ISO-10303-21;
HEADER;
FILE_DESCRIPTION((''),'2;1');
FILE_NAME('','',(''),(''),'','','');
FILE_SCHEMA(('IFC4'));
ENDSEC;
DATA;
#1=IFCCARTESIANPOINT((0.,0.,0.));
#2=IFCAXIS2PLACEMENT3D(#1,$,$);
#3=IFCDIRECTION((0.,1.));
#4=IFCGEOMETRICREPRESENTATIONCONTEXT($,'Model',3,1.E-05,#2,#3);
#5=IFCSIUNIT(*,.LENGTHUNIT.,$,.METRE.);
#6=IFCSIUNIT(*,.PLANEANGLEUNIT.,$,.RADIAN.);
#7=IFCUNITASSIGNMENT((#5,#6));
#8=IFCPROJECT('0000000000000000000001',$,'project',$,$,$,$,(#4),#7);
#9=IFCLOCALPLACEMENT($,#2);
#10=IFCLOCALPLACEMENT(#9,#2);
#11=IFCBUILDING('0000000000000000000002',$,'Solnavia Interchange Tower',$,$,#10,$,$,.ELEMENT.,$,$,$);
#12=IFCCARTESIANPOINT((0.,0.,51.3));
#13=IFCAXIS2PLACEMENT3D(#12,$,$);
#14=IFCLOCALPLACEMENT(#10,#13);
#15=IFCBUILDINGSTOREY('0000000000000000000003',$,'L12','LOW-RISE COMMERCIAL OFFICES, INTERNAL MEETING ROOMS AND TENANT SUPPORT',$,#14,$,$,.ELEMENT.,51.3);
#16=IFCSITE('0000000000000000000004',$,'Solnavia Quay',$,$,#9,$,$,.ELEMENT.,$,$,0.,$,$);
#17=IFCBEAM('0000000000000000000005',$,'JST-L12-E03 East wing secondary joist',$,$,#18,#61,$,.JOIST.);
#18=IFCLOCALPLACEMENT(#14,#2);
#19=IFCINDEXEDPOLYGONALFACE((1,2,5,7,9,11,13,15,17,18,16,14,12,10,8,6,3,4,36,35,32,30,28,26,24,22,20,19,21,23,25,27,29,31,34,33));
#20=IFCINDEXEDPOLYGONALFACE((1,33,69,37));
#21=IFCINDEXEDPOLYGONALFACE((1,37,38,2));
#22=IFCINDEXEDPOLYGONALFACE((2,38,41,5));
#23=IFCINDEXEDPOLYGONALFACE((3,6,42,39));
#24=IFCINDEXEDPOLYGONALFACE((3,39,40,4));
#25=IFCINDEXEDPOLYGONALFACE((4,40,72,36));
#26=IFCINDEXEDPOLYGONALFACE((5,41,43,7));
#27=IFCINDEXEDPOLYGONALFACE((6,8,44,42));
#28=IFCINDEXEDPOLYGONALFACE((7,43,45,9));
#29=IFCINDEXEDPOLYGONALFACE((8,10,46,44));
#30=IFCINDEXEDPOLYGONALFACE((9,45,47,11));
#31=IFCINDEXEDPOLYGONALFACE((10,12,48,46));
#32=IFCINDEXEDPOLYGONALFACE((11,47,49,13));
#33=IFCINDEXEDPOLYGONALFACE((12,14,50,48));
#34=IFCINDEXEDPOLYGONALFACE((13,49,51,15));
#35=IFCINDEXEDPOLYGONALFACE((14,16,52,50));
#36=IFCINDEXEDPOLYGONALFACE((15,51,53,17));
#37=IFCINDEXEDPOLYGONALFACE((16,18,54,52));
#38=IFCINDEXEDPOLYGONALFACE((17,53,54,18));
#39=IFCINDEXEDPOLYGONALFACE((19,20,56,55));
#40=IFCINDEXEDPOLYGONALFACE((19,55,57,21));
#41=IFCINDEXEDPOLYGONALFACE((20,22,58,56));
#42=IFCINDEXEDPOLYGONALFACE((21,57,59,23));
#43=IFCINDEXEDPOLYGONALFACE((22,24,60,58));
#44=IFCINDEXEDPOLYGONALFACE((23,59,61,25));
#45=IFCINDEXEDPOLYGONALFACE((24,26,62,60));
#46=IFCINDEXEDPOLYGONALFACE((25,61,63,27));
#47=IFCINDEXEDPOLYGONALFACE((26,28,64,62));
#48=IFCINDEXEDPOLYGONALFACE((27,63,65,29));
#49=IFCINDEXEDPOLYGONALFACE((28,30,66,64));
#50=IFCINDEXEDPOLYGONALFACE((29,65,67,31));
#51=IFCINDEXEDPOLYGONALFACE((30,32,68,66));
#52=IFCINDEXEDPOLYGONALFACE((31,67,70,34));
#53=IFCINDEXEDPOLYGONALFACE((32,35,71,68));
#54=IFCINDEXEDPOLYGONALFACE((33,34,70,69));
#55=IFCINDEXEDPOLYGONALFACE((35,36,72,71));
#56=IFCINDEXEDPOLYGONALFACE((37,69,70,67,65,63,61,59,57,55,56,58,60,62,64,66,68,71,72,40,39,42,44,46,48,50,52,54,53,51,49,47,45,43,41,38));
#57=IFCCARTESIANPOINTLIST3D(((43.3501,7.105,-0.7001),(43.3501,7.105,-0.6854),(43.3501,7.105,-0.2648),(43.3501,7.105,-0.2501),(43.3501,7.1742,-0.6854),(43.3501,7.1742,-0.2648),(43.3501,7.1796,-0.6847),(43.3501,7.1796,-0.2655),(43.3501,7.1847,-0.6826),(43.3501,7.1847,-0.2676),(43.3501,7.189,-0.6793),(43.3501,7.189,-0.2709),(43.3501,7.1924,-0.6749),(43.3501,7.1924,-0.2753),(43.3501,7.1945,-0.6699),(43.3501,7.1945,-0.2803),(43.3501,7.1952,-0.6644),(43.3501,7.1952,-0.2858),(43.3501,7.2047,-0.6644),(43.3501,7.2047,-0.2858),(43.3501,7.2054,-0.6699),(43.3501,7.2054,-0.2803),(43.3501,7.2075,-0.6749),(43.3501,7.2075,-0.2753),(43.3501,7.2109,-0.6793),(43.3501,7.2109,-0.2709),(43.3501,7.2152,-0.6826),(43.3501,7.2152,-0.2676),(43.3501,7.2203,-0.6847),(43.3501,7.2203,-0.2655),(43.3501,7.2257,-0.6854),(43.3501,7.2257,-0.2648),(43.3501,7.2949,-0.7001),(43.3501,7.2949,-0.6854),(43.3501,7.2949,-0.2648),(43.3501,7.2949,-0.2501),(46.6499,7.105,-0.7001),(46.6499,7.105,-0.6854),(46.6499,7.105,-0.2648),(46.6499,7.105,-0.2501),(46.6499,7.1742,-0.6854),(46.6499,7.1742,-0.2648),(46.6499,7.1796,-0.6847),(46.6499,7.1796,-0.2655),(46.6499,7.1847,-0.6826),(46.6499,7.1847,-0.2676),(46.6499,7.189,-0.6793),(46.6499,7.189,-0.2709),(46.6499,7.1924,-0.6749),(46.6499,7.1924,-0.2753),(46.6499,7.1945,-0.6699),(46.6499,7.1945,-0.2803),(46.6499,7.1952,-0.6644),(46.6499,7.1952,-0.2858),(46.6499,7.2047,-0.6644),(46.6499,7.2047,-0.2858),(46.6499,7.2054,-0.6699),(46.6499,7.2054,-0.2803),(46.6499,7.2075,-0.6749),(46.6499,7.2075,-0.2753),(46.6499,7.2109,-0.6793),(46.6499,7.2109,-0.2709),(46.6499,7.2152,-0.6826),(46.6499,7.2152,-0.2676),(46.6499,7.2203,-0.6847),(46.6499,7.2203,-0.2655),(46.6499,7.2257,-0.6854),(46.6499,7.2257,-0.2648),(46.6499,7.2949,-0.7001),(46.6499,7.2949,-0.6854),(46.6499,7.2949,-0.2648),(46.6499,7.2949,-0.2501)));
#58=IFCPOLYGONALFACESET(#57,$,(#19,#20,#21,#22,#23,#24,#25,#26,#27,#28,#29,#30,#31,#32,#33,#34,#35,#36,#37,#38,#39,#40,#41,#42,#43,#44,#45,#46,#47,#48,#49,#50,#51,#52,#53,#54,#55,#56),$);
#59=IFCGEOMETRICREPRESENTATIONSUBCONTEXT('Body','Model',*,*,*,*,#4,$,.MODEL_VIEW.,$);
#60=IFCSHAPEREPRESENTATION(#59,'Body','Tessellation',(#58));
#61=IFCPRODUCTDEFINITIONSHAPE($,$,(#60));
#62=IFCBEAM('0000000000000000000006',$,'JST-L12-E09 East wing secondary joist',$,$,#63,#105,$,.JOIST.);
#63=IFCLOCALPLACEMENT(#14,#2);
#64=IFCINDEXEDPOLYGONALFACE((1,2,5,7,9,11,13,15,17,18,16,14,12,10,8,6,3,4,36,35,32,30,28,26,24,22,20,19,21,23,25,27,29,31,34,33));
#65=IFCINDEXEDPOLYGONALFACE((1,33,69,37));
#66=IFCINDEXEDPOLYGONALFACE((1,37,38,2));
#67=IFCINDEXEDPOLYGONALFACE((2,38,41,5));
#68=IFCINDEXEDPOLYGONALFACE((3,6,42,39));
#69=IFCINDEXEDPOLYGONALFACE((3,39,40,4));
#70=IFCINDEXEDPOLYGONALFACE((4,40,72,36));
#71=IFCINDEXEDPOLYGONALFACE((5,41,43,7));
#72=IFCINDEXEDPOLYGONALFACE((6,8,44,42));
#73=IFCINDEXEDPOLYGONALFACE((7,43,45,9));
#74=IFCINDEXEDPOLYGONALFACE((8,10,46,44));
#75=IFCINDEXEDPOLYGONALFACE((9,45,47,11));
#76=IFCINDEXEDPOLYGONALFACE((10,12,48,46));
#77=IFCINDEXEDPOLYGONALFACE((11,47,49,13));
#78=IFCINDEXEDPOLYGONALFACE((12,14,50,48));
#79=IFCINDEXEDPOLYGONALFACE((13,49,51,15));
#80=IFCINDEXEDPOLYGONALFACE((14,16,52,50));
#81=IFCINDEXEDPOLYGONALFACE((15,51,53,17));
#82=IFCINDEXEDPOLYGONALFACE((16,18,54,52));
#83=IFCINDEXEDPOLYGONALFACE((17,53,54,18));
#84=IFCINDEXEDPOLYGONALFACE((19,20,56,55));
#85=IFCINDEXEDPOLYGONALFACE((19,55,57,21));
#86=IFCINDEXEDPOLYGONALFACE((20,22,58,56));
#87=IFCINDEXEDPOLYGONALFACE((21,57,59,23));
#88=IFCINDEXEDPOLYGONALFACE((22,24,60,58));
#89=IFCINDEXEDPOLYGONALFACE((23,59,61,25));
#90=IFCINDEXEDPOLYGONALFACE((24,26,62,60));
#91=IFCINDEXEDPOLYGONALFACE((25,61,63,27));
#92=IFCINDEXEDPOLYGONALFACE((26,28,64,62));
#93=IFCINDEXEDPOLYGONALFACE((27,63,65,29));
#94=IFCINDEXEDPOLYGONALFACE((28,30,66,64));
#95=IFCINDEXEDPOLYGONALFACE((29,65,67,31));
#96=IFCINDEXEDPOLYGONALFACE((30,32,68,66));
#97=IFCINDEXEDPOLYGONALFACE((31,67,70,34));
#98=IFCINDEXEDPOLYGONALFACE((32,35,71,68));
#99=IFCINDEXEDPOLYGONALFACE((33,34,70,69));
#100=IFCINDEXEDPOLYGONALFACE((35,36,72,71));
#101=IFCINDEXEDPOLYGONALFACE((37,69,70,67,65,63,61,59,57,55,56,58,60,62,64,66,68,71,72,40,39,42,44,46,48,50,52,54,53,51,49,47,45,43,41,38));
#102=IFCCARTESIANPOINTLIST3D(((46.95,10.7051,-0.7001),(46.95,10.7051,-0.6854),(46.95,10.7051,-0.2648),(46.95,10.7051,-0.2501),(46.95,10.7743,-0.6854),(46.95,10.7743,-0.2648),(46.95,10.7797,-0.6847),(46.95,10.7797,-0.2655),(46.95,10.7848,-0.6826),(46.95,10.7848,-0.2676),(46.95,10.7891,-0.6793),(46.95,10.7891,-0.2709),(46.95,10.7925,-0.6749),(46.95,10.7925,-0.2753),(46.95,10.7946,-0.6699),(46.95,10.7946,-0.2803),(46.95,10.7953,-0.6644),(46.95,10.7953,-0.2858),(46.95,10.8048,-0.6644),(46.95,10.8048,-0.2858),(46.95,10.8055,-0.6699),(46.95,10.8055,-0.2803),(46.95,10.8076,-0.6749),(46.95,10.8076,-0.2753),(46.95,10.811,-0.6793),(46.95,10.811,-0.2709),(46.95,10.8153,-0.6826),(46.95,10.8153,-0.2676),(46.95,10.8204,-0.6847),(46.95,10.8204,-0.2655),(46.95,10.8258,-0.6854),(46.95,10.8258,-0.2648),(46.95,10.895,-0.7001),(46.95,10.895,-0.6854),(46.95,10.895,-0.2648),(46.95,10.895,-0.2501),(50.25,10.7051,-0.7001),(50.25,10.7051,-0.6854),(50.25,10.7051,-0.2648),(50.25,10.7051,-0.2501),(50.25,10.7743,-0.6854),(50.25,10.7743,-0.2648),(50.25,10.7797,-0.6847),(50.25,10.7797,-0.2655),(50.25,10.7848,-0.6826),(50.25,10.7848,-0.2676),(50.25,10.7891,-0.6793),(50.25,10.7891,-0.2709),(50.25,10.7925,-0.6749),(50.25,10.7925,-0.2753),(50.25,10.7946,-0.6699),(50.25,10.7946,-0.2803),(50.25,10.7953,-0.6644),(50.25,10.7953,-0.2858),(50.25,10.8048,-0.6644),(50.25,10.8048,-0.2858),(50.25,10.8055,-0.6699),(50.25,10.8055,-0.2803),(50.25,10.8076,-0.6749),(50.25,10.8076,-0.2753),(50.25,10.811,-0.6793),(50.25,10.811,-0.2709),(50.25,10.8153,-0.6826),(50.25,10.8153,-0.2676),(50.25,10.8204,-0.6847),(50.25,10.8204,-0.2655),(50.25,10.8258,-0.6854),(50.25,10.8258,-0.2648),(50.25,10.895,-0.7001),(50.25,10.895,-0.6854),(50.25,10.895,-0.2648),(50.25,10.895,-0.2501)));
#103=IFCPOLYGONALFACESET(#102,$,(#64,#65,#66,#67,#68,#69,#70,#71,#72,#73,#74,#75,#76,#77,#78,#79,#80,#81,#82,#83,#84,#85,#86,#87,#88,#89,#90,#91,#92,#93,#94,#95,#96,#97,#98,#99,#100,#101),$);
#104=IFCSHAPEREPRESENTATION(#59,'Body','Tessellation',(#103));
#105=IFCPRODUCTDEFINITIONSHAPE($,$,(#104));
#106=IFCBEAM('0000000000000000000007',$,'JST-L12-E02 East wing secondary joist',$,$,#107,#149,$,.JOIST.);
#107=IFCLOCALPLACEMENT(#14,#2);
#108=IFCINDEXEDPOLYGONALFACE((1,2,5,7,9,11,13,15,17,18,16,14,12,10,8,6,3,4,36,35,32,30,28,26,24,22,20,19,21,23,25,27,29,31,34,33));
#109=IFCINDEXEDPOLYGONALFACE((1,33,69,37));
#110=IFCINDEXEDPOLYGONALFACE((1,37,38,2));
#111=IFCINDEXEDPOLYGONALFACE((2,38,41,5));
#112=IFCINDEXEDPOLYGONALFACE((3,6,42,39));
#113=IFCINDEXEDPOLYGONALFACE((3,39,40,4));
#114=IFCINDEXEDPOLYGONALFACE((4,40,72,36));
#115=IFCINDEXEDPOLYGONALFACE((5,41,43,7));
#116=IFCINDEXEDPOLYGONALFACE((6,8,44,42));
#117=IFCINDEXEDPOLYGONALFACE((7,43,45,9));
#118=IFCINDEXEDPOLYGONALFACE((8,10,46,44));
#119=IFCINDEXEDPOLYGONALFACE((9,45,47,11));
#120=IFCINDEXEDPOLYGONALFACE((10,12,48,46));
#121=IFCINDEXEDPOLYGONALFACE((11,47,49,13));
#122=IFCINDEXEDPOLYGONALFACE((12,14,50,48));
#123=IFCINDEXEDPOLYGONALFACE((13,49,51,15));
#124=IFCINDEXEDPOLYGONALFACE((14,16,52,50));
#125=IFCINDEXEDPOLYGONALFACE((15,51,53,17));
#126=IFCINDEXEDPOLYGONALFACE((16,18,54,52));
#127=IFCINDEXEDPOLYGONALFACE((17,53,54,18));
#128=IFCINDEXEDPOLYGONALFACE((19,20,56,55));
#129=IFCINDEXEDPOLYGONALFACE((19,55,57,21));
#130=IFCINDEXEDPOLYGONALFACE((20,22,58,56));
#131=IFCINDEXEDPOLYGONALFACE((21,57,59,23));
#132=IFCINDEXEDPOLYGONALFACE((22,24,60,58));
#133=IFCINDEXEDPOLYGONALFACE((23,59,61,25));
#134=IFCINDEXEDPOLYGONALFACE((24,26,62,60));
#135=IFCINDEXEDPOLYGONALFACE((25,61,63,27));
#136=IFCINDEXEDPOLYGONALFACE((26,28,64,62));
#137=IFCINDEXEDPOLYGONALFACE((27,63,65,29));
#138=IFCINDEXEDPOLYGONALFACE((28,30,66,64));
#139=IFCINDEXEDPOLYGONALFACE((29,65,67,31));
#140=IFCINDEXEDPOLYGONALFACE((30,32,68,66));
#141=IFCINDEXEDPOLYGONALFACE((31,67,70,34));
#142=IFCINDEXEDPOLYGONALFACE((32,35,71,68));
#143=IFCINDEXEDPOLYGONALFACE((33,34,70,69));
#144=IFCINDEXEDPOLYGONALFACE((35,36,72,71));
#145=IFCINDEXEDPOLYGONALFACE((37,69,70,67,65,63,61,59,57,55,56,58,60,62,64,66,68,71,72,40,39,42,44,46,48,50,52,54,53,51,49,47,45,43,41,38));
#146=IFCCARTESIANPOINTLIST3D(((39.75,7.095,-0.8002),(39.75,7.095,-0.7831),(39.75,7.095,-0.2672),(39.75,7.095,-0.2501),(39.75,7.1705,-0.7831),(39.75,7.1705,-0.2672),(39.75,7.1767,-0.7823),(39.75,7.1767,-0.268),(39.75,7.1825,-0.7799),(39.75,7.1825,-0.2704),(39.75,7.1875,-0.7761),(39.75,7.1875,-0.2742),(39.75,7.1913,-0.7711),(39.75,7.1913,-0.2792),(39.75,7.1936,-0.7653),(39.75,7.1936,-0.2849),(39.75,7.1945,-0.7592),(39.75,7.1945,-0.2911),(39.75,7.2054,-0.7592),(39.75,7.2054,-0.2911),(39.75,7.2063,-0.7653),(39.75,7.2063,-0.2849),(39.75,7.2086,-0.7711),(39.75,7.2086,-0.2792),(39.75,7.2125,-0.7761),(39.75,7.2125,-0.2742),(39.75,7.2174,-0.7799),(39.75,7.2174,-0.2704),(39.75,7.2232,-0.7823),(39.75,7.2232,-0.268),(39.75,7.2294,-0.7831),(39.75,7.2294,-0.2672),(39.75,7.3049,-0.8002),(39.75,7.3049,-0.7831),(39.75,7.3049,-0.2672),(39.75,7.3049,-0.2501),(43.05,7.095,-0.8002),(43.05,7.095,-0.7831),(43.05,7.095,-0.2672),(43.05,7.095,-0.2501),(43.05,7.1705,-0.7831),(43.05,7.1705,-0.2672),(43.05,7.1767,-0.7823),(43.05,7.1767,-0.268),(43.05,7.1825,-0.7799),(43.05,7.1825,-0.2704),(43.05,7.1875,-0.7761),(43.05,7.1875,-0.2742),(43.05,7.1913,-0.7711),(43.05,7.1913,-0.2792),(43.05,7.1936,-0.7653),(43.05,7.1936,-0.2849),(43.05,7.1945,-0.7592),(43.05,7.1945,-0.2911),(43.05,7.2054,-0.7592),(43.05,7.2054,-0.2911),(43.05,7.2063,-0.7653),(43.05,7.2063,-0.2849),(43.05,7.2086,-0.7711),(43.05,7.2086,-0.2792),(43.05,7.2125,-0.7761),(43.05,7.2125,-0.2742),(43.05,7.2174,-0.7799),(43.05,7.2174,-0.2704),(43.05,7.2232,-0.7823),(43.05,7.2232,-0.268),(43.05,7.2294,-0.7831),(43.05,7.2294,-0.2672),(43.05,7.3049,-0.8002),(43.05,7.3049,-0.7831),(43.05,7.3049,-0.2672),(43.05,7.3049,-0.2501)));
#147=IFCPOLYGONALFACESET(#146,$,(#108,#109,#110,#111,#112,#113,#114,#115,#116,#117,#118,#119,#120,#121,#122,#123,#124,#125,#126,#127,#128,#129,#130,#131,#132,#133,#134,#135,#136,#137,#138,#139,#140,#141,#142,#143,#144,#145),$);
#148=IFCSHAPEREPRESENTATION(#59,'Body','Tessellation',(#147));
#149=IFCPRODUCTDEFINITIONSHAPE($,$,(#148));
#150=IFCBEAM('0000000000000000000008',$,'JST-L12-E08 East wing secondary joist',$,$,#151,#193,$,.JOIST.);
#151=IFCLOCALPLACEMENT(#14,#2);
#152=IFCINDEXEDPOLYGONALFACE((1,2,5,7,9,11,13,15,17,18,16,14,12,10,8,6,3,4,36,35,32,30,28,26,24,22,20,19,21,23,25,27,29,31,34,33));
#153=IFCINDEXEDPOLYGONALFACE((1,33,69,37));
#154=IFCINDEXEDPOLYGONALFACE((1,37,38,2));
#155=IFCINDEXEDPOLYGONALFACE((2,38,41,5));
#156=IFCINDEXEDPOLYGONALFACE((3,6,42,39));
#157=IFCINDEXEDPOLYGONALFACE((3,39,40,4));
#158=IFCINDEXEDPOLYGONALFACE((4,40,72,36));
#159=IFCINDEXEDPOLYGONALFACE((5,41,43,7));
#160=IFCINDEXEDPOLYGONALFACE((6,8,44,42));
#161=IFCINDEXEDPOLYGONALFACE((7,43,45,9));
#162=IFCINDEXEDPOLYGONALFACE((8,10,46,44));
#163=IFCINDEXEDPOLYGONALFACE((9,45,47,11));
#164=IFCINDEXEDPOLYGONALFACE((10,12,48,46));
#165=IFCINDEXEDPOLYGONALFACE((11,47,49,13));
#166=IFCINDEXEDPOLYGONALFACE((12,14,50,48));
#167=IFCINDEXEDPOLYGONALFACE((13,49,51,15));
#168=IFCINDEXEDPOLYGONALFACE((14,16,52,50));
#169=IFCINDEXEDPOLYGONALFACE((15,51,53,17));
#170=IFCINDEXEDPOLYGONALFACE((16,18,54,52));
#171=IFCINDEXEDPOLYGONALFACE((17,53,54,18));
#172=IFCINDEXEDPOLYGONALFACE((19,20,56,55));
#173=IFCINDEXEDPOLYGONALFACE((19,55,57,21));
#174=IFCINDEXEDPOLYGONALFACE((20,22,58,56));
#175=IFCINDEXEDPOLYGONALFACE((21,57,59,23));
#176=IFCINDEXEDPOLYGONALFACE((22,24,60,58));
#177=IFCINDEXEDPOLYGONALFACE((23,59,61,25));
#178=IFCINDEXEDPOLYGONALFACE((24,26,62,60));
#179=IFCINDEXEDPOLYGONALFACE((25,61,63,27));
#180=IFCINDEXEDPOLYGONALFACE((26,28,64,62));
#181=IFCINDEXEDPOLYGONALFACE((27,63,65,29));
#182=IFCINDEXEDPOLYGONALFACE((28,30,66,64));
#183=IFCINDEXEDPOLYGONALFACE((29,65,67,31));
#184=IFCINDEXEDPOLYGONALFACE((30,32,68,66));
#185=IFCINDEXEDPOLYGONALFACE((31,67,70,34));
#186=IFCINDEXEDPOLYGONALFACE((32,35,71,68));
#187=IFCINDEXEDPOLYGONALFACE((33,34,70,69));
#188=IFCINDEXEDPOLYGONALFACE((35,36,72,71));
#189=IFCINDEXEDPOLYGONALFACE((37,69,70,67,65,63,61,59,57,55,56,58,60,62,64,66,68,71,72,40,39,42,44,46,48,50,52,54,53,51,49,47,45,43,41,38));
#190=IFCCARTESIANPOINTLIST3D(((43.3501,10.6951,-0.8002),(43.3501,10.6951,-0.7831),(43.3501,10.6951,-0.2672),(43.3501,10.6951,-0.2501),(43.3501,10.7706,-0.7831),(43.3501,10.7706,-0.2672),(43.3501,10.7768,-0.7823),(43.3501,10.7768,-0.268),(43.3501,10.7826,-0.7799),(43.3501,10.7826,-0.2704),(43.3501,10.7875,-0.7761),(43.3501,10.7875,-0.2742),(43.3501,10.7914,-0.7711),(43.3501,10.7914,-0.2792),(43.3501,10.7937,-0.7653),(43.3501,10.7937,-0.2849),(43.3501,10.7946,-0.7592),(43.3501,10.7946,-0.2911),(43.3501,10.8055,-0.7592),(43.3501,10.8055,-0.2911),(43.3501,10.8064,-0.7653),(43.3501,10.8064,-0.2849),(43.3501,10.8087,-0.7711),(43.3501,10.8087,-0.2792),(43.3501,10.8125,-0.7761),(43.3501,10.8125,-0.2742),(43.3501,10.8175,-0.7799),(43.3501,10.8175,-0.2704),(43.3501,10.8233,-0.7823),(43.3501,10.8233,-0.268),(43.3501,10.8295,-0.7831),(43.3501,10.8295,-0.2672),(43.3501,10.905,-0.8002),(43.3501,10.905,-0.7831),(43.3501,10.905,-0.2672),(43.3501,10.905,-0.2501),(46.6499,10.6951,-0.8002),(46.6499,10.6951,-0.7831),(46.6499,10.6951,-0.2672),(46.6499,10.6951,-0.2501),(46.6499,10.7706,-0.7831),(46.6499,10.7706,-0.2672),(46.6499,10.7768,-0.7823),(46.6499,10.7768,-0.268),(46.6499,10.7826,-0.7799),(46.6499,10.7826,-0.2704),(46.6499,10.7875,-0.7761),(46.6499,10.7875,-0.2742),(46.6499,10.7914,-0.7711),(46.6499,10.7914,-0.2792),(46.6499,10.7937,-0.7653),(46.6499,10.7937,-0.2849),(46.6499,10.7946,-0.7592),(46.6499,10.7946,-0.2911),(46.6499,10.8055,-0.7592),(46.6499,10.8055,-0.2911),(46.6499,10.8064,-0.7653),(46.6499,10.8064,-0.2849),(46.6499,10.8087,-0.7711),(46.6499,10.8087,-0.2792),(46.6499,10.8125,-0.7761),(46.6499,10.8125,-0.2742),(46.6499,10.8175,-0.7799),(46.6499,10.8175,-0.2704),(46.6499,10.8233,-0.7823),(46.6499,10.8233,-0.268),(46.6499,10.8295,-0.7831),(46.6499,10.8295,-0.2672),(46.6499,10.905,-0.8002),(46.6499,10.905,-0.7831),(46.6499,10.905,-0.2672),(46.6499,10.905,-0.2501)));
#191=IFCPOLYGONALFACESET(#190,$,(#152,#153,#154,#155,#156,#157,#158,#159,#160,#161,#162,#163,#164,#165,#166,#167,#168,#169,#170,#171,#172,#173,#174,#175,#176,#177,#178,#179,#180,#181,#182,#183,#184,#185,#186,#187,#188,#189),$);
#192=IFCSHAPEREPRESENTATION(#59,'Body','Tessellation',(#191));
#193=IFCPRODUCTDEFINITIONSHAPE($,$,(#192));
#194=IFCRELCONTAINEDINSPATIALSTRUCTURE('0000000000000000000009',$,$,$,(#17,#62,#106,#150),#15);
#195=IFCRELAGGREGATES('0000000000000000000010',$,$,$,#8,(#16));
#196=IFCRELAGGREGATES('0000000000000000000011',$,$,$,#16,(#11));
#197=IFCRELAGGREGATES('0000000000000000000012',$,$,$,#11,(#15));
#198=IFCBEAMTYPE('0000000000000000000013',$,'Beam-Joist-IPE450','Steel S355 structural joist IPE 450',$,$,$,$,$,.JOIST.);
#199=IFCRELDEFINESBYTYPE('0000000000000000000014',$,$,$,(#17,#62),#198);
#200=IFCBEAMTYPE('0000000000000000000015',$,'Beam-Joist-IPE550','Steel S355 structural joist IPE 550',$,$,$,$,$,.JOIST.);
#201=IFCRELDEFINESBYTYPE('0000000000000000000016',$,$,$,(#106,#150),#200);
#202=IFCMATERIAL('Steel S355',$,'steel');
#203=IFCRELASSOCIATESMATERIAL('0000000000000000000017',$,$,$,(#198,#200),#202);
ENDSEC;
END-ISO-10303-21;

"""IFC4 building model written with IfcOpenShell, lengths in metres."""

from ifc_helpers import new_model, si_unit, direction, frame, origin, origin_2d, place, context, subcontext, project, spatial, i_section, extrude, material, material_profile, profile_set, type_object, element, save


model = new_model("IFC4")

# Units and contexts
model_context = context("Model", 3, precision=1e-05, world=origin(), true_north=direction((0.0, 1.0)))
body_context = subcontext(model_context, "Body", "Model", "MODEL_VIEW")
ifc_project = project(units=[si_unit("LENGTHUNIT", "METRE"), si_unit("PLANEANGLEUNIT", "RADIAN")], contexts=[model_context])

# Site, building, storey
site_placement = place(None, origin())
site = spatial("IfcSite", under=ifc_project, at=site_placement, Name="Solnavia Quay", CompositionType="ELEMENT", RefElevation=0.0)
building_placement = place(site_placement, origin())
building = spatial("IfcBuilding", under=site, at=building_placement, Name="Solnavia Interchange Tower", CompositionType="ELEMENT")
storey_placement = place(building_placement, frame((0.0, 0.0, 51.3)))
storey = spatial("IfcBuildingStorey", under=building, at=storey_placement, Name="L12", Description="LOW-RISE COMMERCIAL OFFICES, INTERNAL MEETING ROOMS AND TENANT SUPPORT", CompositionType="ELEMENT", Elevation=51.3)

# Shared definitions
ifc_material_1 = material(Name="Steel S355", Category="steel")

# Beams
ifc_material_profile_1 = material_profile(ifc_material_1, i_section(OverallWidth=0.1899, OverallDepth=0.45, WebThickness=0.0095, FlangeThickness=0.0146, FilletRadius=0.021, at=origin_2d()), Name="IPE 450")
ifc_profile_set_1 = profile_set([ifc_material_profile_1], Name="Steel S355")
beam_type_1 = type_object("IfcBeamType", Name="Beam-Joist-IPE450", Description="Steel S355 structural joist IPE 450", PredefinedType="JOIST", material=ifc_profile_set_1)
beam_1_placement = place(storey_placement, frame((43.3501, 7.2, -0.4751), z_axis=(1.0, 0.0, 0.0), x_axis=(0.0, 1.0, 0.0)))
element("IfcBeam", 1, at=beam_1_placement, inside=storey, type_object=beam_type_1, Name="JST-L12-E03 East wing secondary joist", PredefinedType="JOIST", context=body_context, shape_type="SweptSolid", body=[
    extrude(i_section(OverallWidth=0.1899, OverallDepth=0.45, WebThickness=0.0095, FlangeThickness=0.0146, FilletRadius=0.021, at=origin_2d()), origin(), (0.0, 0.0, 1.0), 3.2998),
])
beam_2_placement = place(storey_placement, frame((46.95, 10.8, -0.4751), z_axis=(1.0, 0.0, 0.0), x_axis=(0.0, 1.0, 0.0)))
element("IfcBeam", 2, at=beam_2_placement, inside=storey, type_object=beam_type_1, Name="JST-L12-E09 East wing secondary joist", PredefinedType="JOIST", context=body_context, shape_type="SweptSolid", body=[
    extrude(i_section(OverallWidth=0.1899, OverallDepth=0.45, WebThickness=0.0095, FlangeThickness=0.0146, FilletRadius=0.021, at=origin_2d()), origin(), (0.0, 0.0, 1.0), 3.3),
])
ifc_material_profile_2 = material_profile(ifc_material_1, i_section(OverallWidth=0.21, OverallDepth=0.55, WebThickness=0.011, FlangeThickness=0.0171, FilletRadius=0.0239, at=origin_2d()), Name="IPE 550")
ifc_profile_set_2 = profile_set([ifc_material_profile_2], Name="Steel S355")
beam_type_2 = type_object("IfcBeamType", Name="Beam-Joist-IPE550", Description="Steel S355 structural joist IPE 550", PredefinedType="JOIST", material=ifc_profile_set_2)
beam_3_placement = place(storey_placement, frame((39.75, 7.2, -0.5251), z_axis=(1.0, 0.0, 0.0), x_axis=(0.0, 1.0, 0.0)))
element("IfcBeam", 3, at=beam_3_placement, inside=storey, type_object=beam_type_2, Name="JST-L12-E02 East wing secondary joist", PredefinedType="JOIST", context=body_context, shape_type="SweptSolid", body=[
    extrude(i_section(OverallWidth=0.21, OverallDepth=0.55, WebThickness=0.011, FlangeThickness=0.0171, FilletRadius=0.0239, at=origin_2d()), origin(), (0.0, 0.0, 1.0), 3.3),
])
beam_4_placement = place(storey_placement, frame((43.3501, 10.8, -0.5251), z_axis=(1.0, 0.0, 0.0), x_axis=(0.0, 1.0, 0.0)))
element("IfcBeam", 4, at=beam_4_placement, inside=storey, type_object=beam_type_2, Name="JST-L12-E08 East wing secondary joist", PredefinedType="JOIST", context=body_context, shape_type="SweptSolid", body=[
    extrude(i_section(OverallWidth=0.21, OverallDepth=0.55, WebThickness=0.011, FlangeThickness=0.0171, FilletRadius=0.0239, at=origin_2d()), origin(), (0.0, 0.0, 1.0), 3.2998),
])

save(model, "model.ifc")
